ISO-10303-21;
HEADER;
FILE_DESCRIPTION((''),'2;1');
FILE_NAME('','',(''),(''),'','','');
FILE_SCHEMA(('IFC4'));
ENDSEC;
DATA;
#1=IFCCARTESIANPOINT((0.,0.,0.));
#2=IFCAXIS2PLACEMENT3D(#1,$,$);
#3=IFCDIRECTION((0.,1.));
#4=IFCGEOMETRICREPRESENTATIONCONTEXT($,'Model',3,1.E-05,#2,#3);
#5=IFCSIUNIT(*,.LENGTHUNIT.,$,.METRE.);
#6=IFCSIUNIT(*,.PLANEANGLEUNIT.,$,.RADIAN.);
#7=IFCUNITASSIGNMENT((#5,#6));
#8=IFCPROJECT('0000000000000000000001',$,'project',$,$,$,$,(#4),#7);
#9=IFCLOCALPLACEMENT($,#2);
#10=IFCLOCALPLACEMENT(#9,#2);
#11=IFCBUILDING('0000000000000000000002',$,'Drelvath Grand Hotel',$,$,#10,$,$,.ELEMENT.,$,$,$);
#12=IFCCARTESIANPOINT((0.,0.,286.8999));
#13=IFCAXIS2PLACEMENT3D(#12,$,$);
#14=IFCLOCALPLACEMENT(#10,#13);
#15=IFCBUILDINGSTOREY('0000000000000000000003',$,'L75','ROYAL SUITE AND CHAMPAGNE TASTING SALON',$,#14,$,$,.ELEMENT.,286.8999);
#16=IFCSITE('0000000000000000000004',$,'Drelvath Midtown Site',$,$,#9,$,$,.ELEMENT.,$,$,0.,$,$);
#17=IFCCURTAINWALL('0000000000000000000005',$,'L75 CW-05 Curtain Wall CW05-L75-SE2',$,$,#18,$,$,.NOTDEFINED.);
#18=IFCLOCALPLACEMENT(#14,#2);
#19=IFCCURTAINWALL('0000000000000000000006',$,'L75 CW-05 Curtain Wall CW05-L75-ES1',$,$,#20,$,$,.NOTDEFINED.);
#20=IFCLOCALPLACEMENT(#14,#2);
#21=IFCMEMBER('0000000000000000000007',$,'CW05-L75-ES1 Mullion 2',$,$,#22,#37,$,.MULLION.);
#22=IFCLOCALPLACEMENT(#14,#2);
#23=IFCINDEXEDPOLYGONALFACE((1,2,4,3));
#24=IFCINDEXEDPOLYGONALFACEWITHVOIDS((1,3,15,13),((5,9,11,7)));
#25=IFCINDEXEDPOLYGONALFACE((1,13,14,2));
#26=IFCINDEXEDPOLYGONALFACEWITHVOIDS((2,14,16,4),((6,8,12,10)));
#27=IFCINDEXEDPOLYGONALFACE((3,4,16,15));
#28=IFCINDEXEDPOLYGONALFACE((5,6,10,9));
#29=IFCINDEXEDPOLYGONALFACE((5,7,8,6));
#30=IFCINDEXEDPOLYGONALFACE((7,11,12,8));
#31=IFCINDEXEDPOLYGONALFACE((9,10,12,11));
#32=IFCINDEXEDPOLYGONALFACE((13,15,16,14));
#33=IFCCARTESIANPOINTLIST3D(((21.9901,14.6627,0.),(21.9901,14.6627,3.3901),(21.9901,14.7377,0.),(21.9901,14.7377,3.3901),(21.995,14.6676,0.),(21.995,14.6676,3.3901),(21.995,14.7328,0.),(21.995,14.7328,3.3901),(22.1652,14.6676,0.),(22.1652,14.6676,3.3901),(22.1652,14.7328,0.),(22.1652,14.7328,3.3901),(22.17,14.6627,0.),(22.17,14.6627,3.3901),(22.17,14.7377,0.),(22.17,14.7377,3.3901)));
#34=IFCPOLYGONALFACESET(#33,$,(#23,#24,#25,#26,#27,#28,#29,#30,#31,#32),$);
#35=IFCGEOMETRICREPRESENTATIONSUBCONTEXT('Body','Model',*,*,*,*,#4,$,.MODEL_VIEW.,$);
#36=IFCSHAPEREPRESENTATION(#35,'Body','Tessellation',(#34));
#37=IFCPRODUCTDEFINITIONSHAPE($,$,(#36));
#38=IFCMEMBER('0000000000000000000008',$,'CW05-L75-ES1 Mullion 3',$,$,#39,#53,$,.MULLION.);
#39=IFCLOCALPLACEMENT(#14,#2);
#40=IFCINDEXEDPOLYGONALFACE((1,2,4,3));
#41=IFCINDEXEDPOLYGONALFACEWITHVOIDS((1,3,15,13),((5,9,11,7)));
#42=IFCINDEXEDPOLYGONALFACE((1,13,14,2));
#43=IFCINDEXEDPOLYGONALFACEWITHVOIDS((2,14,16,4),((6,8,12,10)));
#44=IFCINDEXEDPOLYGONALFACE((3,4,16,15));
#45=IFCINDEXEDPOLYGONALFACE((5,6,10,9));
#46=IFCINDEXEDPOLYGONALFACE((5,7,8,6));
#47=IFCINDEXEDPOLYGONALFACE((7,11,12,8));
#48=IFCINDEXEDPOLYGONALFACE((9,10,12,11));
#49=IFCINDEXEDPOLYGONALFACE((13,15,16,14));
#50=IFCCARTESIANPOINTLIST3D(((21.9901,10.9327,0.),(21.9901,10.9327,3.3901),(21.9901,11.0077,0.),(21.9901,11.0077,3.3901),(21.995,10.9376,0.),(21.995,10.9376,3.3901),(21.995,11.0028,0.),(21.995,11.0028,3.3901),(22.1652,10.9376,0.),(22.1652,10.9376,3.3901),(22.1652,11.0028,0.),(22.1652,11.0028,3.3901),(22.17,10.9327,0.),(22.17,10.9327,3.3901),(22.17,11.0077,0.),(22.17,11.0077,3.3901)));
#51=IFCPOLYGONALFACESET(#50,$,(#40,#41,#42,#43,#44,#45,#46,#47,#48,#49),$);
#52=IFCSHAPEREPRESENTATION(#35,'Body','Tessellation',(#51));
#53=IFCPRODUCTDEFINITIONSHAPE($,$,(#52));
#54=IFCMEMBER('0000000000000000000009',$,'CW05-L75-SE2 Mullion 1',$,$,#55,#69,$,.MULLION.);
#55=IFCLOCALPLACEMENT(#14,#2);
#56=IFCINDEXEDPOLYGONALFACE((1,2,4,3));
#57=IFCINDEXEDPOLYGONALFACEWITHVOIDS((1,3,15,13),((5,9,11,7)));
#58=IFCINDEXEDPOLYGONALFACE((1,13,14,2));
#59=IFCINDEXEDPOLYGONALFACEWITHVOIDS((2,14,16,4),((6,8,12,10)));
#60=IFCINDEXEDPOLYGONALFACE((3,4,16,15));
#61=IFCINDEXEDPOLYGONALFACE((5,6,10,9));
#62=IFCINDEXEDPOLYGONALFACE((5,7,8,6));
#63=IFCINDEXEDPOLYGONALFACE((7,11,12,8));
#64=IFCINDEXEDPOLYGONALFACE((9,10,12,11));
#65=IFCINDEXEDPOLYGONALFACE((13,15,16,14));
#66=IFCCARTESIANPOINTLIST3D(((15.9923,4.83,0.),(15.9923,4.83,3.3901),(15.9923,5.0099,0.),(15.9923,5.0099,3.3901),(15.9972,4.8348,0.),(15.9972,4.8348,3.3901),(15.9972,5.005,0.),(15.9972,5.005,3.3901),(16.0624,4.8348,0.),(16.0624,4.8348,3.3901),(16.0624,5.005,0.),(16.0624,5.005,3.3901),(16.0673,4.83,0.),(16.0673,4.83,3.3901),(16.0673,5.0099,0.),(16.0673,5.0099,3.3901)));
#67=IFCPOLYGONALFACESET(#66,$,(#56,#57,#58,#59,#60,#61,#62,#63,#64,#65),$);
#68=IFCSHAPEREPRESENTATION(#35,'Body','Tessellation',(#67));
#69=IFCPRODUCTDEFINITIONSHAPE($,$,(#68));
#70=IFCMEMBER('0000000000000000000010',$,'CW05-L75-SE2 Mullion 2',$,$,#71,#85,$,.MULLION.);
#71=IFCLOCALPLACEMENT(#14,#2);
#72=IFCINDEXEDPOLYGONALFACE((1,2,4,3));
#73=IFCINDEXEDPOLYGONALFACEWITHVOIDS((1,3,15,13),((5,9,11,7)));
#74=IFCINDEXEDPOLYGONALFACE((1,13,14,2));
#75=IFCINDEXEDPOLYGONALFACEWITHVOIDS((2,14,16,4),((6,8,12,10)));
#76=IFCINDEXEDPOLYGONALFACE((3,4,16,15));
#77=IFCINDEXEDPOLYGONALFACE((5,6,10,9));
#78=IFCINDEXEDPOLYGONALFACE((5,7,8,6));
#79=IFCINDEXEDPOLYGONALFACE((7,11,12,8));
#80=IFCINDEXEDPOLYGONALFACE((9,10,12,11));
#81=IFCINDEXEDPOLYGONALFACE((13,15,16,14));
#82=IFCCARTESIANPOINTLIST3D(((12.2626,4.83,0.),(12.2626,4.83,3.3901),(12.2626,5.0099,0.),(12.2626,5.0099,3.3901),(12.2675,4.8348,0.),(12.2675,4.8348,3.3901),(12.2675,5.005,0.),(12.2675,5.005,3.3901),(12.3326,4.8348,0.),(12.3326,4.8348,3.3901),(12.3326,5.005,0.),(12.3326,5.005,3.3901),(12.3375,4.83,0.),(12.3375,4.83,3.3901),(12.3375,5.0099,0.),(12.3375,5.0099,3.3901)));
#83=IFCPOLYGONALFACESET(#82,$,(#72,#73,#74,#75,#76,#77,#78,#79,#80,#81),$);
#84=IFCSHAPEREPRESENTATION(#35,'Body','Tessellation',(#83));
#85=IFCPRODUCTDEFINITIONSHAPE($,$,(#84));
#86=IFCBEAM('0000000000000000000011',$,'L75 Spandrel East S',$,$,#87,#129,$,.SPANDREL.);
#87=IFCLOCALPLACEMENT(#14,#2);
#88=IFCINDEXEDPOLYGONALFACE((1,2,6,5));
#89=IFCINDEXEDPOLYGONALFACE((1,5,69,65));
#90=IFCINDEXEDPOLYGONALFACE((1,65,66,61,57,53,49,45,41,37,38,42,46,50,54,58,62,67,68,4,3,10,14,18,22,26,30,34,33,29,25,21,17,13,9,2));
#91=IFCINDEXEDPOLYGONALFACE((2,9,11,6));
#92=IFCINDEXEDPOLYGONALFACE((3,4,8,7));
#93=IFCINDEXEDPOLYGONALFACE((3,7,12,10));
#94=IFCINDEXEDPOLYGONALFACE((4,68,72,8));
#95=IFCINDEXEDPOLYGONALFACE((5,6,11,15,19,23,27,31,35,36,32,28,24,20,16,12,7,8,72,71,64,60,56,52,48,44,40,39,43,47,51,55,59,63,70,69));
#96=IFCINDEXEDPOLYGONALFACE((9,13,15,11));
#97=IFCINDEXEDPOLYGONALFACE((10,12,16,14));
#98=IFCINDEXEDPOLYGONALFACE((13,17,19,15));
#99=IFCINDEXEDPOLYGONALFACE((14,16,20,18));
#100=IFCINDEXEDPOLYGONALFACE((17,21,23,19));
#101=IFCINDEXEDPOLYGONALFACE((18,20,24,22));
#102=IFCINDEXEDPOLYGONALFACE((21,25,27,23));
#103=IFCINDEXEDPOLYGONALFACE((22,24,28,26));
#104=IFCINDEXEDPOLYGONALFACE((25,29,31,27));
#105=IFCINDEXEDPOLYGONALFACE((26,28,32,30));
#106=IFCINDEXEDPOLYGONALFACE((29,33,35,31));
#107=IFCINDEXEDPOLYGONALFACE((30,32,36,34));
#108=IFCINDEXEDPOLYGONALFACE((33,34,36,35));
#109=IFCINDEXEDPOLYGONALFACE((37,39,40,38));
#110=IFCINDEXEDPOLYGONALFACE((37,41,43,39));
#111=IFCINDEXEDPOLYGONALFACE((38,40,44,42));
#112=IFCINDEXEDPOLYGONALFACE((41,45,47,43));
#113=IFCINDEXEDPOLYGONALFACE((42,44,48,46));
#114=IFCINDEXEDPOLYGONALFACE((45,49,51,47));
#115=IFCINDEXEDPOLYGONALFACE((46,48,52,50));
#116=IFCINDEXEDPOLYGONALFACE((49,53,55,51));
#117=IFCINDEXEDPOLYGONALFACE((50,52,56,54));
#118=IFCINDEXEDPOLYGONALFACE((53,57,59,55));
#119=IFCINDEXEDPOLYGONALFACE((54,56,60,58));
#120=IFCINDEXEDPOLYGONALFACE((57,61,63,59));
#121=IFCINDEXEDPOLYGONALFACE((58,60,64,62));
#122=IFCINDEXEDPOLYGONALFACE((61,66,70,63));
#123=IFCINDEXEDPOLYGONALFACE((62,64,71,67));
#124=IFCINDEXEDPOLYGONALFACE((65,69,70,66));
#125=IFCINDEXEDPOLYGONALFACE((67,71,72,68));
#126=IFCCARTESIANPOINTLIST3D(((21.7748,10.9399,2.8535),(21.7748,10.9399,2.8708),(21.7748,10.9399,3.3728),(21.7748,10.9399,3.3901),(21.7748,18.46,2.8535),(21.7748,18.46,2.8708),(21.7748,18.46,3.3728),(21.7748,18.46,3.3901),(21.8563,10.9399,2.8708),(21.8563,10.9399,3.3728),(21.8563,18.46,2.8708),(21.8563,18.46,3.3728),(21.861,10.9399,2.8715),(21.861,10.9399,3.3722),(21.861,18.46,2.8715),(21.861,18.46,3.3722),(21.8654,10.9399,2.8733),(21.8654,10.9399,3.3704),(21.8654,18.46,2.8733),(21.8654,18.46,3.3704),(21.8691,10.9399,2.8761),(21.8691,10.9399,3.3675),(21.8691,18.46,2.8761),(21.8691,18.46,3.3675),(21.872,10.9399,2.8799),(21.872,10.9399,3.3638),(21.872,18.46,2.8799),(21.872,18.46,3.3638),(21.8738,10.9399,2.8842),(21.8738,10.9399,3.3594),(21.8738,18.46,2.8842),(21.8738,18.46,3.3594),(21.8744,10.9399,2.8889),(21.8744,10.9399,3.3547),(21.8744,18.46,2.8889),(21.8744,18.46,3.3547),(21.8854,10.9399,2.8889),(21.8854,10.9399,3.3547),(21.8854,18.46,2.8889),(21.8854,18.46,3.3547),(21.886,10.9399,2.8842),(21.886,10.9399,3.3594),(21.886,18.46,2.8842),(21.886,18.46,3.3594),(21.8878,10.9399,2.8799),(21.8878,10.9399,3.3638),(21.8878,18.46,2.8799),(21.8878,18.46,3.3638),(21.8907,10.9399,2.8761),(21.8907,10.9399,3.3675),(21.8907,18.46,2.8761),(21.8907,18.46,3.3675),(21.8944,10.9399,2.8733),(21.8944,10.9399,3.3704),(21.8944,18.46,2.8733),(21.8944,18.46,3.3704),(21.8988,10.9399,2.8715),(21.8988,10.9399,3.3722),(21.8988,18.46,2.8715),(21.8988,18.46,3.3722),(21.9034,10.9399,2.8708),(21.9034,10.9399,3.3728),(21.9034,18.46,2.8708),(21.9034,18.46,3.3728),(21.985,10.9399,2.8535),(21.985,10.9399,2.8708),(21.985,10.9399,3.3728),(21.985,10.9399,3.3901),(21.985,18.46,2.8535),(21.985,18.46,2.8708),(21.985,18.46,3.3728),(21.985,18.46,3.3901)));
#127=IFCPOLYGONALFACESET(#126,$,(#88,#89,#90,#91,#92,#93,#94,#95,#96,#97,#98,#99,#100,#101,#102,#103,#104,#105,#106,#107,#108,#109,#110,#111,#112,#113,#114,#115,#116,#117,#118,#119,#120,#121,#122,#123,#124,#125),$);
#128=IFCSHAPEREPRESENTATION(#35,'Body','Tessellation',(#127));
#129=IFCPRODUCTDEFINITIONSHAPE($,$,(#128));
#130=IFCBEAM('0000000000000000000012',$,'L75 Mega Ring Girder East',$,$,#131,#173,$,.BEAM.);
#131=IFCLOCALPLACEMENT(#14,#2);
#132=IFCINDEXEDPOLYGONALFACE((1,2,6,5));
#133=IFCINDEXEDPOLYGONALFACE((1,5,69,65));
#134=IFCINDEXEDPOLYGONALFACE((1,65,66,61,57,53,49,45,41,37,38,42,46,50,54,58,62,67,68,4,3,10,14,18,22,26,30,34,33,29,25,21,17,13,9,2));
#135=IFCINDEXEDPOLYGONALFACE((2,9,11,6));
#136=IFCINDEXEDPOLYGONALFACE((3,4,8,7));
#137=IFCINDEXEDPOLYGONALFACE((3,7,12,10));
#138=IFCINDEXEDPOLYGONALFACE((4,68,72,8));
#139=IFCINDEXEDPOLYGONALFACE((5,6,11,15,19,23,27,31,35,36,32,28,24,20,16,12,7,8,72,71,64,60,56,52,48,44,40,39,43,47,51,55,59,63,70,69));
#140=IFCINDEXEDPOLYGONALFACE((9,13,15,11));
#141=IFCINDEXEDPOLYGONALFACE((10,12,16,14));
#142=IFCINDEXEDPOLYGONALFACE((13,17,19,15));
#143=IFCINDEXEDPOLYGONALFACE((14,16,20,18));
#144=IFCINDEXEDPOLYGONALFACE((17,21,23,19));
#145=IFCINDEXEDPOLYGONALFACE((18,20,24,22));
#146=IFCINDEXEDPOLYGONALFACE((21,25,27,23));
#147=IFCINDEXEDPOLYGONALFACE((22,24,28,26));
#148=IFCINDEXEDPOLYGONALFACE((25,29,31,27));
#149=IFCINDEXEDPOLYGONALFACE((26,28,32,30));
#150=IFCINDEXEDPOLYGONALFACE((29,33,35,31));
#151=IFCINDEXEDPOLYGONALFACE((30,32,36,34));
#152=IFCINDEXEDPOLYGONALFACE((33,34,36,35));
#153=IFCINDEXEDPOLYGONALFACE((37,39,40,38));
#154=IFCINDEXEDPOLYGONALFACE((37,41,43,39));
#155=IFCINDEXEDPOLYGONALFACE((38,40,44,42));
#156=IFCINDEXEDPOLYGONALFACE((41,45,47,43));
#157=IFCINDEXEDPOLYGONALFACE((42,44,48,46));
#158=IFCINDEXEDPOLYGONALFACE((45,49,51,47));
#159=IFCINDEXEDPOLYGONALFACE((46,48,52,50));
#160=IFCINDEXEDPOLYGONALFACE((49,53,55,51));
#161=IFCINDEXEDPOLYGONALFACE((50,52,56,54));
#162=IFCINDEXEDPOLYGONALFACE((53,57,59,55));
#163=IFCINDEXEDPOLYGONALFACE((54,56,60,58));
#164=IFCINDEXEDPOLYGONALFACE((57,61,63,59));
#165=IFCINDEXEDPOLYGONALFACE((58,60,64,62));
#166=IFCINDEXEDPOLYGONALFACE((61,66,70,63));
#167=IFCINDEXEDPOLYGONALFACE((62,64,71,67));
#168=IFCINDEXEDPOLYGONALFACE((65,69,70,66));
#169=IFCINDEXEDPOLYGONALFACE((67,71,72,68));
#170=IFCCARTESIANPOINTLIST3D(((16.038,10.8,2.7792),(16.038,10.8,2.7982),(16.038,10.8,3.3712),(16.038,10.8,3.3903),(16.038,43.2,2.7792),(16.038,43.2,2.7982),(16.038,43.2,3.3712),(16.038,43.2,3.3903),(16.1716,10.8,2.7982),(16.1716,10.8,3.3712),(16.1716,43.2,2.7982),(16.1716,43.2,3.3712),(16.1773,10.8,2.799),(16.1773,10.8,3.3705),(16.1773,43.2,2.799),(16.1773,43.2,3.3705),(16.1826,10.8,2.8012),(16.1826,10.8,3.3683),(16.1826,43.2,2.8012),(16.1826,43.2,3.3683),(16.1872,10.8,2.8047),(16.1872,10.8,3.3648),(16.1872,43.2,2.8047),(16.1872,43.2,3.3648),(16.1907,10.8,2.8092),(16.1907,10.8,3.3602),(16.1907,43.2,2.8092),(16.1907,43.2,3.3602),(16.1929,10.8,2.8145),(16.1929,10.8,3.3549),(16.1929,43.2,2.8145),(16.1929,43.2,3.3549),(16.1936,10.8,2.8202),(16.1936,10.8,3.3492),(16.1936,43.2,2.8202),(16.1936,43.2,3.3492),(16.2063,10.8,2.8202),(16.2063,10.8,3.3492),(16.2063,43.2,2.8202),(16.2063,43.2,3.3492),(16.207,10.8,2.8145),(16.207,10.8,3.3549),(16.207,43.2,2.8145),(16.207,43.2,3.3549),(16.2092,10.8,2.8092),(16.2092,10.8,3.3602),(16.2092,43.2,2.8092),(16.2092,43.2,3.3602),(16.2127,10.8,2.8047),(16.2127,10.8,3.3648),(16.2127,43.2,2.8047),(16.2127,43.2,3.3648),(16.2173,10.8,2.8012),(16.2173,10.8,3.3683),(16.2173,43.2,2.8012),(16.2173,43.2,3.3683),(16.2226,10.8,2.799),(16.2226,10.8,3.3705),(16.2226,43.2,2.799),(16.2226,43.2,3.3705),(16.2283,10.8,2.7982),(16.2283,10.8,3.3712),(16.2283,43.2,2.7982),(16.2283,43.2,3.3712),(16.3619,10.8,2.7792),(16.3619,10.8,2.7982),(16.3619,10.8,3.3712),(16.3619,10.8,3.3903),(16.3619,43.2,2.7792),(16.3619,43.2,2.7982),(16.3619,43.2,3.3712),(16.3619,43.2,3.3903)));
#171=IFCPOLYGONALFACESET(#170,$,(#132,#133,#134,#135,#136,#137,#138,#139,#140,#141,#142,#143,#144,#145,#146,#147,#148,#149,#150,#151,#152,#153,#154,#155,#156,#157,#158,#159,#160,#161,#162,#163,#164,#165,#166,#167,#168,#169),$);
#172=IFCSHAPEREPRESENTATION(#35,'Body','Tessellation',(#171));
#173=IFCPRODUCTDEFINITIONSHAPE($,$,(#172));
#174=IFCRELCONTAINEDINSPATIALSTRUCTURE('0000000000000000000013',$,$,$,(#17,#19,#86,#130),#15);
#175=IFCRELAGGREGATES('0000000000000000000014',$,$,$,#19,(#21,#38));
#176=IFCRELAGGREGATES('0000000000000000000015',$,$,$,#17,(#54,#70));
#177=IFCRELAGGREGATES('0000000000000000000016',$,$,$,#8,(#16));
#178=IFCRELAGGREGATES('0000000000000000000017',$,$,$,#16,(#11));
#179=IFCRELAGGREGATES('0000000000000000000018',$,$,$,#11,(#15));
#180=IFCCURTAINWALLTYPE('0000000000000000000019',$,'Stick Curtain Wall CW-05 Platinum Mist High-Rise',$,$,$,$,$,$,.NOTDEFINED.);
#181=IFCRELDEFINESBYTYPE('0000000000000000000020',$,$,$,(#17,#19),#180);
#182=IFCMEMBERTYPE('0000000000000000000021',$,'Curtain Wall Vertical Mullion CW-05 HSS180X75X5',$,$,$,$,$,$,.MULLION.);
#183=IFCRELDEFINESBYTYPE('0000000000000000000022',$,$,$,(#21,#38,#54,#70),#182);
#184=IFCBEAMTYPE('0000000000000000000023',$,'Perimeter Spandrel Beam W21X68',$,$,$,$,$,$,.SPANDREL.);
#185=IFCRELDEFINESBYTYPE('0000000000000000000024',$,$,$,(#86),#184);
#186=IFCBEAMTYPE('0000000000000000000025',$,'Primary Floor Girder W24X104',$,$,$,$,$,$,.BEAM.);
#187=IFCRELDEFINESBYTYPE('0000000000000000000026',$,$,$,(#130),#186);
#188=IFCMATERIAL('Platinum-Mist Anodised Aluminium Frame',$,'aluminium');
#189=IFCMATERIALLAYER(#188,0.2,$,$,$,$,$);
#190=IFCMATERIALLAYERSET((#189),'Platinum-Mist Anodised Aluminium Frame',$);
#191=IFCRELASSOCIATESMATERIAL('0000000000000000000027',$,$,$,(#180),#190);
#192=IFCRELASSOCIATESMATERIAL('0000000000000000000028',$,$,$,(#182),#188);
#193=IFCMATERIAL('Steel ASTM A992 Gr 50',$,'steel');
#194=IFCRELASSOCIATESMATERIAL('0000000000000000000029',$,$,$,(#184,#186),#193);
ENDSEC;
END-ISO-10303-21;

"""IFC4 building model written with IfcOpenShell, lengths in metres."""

from ifc_helpers import new_model, si_unit, direction, frame, origin, origin_2d, place, context, subcontext, project, spatial, hollow_rectangle, i_section, extrude, material, layer, layer_set, material_profile, profile_set, type_object, element, aggregate, save


model = new_model("IFC4")

# Units and contexts
model_context = context("Model", 3, precision=1e-05, world=origin(), true_north=direction((0.0, 1.0)))
body_context = subcontext(model_context, "Body", "Model", "MODEL_VIEW")
ifc_project = project(units=[si_unit("LENGTHUNIT", "METRE"), si_unit("PLANEANGLEUNIT", "RADIAN")], contexts=[model_context])

# Site, building, storey
site_placement = place(None, origin())
site = spatial("IfcSite", under=ifc_project, at=site_placement, Name="Drelvath Midtown Site", CompositionType="ELEMENT", RefElevation=0.0)
building_placement = place(site_placement, origin())
building = spatial("IfcBuilding", under=site, at=building_placement, Name="Drelvath Grand Hotel", CompositionType="ELEMENT")
storey_placement = place(building_placement, frame((0.0, 0.0, 286.8999)))
storey = spatial("IfcBuildingStorey", under=building, at=storey_placement, Name="L75", Description="ROYAL SUITE AND CHAMPAGNE TASTING SALON", CompositionType="ELEMENT", Elevation=286.8999)

# Shared definitions
ifc_material_1 = material(Name="Steel ASTM A992 Gr 50", Category="steel")

# Curtain wall
ifc_material_2 = material(Name="Platinum-Mist Anodised Aluminium Frame", Category="aluminium")
ifc_layer_1 = layer(ifc_material_2, 0.2)
ifc_layer_set_1 = layer_set([ifc_layer_1], Name="Platinum-Mist Anodised Aluminium Frame")
curtain_wall_type = type_object("IfcCurtainWallType", Name="Stick Curtain Wall CW-05 Platinum Mist High-Rise", PredefinedType="NOTDEFINED", material=ifc_layer_set_1)
curtain_wall_1_placement = place(storey_placement, origin())
curtain_wall_1 = element("IfcCurtainWall", 1, at=curtain_wall_1_placement, inside=storey, type_object=curtain_wall_type, Name="L75 CW-05 Curtain Wall CW05-L75-SE2", PredefinedType="NOTDEFINED")

# Curtain wall, members
curtain_wall_2_placement = place(storey_placement, origin())
curtain_wall_2 = element("IfcCurtainWall", 2, at=curtain_wall_2_placement, inside=storey, type_object=curtain_wall_type, Name="L75 CW-05 Curtain Wall CW05-L75-ES1", PredefinedType="NOTDEFINED")
ifc_material_profile_1 = material_profile(ifc_material_2, hollow_rectangle(XDim=0.075, YDim=0.1799, WallThickness=0.0049, at=origin_2d()), Name="HSS180X75X5")
ifc_profile_set_1 = profile_set([ifc_material_profile_1], Name="Platinum-Mist Anodised Aluminium Frame")
member_type_1 = type_object("IfcMemberType", Name="Curtain Wall Vertical Mullion CW-05 HSS180X75X5", PredefinedType="MULLION", material=ifc_profile_set_1)
member_1_placement = place(storey_placement, frame((22.0801, 14.7002, 0.0), z_axis=(0.0, 0.0, 1.0), x_axis=(0.0, 1.0, 0.0)))
member_1 = element("IfcMember", 3, at=member_1_placement, type_object=member_type_1, Name="CW05-L75-ES1 Mullion 2", PredefinedType="MULLION", context=body_context, shape_type="SweptSolid", body=[
    extrude(hollow_rectangle(XDim=0.075, YDim=0.1799, WallThickness=0.0049, at=origin_2d()), origin(), (0.0, 0.0, 1.0), 3.3901),
])
member_2_placement = place(storey_placement, frame((22.0801, 10.9702, 0.0), z_axis=(0.0, 0.0, 1.0), x_axis=(0.0, 1.0, 0.0)))
member_2 = element("IfcMember", 4, at=member_2_placement, type_object=member_type_1, Name="CW05-L75-ES1 Mullion 3", PredefinedType="MULLION", context=body_context, shape_type="SweptSolid", body=[
    extrude(hollow_rectangle(XDim=0.075, YDim=0.1799, WallThickness=0.0049, at=origin_2d()), origin(), (0.0, 0.0, 1.0), 3.3901),
])

# Members
member_3_placement = place(storey_placement, frame((16.0298, 4.9199, 0.0), z_axis=(0.0, 0.0, 1.0), x_axis=(1.0, 0.0, 0.0)))
member_3 = element("IfcMember", 5, at=member_3_placement, type_object=member_type_1, Name="CW05-L75-SE2 Mullion 1", PredefinedType="MULLION", context=body_context, shape_type="SweptSolid", body=[
    extrude(hollow_rectangle(XDim=0.075, YDim=0.1799, WallThickness=0.0049, at=origin_2d()), origin(), (0.0, 0.0, 1.0), 3.3901),
])
member_4_placement = place(storey_placement, frame((12.3, 4.9199, 0.0), z_axis=(0.0, 0.0, 1.0), x_axis=(1.0, 0.0, 0.0)))
member_4 = element("IfcMember", 6, at=member_4_placement, type_object=member_type_1, Name="CW05-L75-SE2 Mullion 2", PredefinedType="MULLION", context=body_context, shape_type="SweptSolid", body=[
    extrude(hollow_rectangle(XDim=0.075, YDim=0.1799, WallThickness=0.0049, at=origin_2d()), origin(), (0.0, 0.0, 1.0), 3.3901),
])

# Beams
ifc_material_profile_2 = material_profile(ifc_material_1, i_section(OverallWidth=0.2102, OverallDepth=0.5366, WebThickness=0.011, FlangeThickness=0.0173, FilletRadius=0.0181, at=origin_2d()), Name="W21X68")
ifc_profile_set_2 = profile_set([ifc_material_profile_2], Name="Steel ASTM A992 Gr 50")
beam_type_1 = type_object("IfcBeamType", Name="Perimeter Spandrel Beam W21X68", PredefinedType="SPANDREL", material=ifc_profile_set_2)
beam_1_placement = place(storey_placement, frame((21.8799, 10.9399, 3.1218), z_axis=(0.0, 1.0, 0.0), x_axis=(-1.0, 0.0, 0.0)))
element("IfcBeam", 7, at=beam_1_placement, inside=storey, type_object=beam_type_1, Name="L75 Spandrel East S", PredefinedType="SPANDREL", context=body_context, shape_type="SweptSolid", body=[
    extrude(i_section(OverallWidth=0.2102, OverallDepth=0.5366, WebThickness=0.011, FlangeThickness=0.0173, FilletRadius=0.0181, at=origin_2d()), origin(), (0.0, 0.0, 1.0), 7.52),
])
ifc_material_profile_3 = material_profile(ifc_material_1, i_section(OverallWidth=0.324, OverallDepth=0.6111, WebThickness=0.0127, FlangeThickness=0.019, FilletRadius=0.022, at=origin_2d()), Name="W24X104")
ifc_profile_set_3 = profile_set([ifc_material_profile_3], Name="Steel ASTM A992 Gr 50")
beam_type_2 = type_object("IfcBeamType", Name="Primary Floor Girder W24X104", PredefinedType="BEAM", material=ifc_profile_set_3)
beam_2_placement = place(storey_placement, frame((16.2, 10.8, 3.0847), z_axis=(0.0, 1.0, 0.0), x_axis=(-1.0, 0.0, 0.0)))
element("IfcBeam", 8, at=beam_2_placement, inside=storey, type_object=beam_type_2, Name="L75 Mega Ring Girder East", PredefinedType="BEAM", context=body_context, shape_type="SweptSolid", body=[
    extrude(i_section(OverallWidth=0.324, OverallDepth=0.6111, WebThickness=0.0127, FlangeThickness=0.019, FilletRadius=0.022, at=origin_2d()), origin(), (0.0, 0.0, 1.0), 32.3999),
])

aggregate(curtain_wall_2, [member_1, member_2])
aggregate(curtain_wall_1, [member_3, member_4])

save(model, "model.ifc")
